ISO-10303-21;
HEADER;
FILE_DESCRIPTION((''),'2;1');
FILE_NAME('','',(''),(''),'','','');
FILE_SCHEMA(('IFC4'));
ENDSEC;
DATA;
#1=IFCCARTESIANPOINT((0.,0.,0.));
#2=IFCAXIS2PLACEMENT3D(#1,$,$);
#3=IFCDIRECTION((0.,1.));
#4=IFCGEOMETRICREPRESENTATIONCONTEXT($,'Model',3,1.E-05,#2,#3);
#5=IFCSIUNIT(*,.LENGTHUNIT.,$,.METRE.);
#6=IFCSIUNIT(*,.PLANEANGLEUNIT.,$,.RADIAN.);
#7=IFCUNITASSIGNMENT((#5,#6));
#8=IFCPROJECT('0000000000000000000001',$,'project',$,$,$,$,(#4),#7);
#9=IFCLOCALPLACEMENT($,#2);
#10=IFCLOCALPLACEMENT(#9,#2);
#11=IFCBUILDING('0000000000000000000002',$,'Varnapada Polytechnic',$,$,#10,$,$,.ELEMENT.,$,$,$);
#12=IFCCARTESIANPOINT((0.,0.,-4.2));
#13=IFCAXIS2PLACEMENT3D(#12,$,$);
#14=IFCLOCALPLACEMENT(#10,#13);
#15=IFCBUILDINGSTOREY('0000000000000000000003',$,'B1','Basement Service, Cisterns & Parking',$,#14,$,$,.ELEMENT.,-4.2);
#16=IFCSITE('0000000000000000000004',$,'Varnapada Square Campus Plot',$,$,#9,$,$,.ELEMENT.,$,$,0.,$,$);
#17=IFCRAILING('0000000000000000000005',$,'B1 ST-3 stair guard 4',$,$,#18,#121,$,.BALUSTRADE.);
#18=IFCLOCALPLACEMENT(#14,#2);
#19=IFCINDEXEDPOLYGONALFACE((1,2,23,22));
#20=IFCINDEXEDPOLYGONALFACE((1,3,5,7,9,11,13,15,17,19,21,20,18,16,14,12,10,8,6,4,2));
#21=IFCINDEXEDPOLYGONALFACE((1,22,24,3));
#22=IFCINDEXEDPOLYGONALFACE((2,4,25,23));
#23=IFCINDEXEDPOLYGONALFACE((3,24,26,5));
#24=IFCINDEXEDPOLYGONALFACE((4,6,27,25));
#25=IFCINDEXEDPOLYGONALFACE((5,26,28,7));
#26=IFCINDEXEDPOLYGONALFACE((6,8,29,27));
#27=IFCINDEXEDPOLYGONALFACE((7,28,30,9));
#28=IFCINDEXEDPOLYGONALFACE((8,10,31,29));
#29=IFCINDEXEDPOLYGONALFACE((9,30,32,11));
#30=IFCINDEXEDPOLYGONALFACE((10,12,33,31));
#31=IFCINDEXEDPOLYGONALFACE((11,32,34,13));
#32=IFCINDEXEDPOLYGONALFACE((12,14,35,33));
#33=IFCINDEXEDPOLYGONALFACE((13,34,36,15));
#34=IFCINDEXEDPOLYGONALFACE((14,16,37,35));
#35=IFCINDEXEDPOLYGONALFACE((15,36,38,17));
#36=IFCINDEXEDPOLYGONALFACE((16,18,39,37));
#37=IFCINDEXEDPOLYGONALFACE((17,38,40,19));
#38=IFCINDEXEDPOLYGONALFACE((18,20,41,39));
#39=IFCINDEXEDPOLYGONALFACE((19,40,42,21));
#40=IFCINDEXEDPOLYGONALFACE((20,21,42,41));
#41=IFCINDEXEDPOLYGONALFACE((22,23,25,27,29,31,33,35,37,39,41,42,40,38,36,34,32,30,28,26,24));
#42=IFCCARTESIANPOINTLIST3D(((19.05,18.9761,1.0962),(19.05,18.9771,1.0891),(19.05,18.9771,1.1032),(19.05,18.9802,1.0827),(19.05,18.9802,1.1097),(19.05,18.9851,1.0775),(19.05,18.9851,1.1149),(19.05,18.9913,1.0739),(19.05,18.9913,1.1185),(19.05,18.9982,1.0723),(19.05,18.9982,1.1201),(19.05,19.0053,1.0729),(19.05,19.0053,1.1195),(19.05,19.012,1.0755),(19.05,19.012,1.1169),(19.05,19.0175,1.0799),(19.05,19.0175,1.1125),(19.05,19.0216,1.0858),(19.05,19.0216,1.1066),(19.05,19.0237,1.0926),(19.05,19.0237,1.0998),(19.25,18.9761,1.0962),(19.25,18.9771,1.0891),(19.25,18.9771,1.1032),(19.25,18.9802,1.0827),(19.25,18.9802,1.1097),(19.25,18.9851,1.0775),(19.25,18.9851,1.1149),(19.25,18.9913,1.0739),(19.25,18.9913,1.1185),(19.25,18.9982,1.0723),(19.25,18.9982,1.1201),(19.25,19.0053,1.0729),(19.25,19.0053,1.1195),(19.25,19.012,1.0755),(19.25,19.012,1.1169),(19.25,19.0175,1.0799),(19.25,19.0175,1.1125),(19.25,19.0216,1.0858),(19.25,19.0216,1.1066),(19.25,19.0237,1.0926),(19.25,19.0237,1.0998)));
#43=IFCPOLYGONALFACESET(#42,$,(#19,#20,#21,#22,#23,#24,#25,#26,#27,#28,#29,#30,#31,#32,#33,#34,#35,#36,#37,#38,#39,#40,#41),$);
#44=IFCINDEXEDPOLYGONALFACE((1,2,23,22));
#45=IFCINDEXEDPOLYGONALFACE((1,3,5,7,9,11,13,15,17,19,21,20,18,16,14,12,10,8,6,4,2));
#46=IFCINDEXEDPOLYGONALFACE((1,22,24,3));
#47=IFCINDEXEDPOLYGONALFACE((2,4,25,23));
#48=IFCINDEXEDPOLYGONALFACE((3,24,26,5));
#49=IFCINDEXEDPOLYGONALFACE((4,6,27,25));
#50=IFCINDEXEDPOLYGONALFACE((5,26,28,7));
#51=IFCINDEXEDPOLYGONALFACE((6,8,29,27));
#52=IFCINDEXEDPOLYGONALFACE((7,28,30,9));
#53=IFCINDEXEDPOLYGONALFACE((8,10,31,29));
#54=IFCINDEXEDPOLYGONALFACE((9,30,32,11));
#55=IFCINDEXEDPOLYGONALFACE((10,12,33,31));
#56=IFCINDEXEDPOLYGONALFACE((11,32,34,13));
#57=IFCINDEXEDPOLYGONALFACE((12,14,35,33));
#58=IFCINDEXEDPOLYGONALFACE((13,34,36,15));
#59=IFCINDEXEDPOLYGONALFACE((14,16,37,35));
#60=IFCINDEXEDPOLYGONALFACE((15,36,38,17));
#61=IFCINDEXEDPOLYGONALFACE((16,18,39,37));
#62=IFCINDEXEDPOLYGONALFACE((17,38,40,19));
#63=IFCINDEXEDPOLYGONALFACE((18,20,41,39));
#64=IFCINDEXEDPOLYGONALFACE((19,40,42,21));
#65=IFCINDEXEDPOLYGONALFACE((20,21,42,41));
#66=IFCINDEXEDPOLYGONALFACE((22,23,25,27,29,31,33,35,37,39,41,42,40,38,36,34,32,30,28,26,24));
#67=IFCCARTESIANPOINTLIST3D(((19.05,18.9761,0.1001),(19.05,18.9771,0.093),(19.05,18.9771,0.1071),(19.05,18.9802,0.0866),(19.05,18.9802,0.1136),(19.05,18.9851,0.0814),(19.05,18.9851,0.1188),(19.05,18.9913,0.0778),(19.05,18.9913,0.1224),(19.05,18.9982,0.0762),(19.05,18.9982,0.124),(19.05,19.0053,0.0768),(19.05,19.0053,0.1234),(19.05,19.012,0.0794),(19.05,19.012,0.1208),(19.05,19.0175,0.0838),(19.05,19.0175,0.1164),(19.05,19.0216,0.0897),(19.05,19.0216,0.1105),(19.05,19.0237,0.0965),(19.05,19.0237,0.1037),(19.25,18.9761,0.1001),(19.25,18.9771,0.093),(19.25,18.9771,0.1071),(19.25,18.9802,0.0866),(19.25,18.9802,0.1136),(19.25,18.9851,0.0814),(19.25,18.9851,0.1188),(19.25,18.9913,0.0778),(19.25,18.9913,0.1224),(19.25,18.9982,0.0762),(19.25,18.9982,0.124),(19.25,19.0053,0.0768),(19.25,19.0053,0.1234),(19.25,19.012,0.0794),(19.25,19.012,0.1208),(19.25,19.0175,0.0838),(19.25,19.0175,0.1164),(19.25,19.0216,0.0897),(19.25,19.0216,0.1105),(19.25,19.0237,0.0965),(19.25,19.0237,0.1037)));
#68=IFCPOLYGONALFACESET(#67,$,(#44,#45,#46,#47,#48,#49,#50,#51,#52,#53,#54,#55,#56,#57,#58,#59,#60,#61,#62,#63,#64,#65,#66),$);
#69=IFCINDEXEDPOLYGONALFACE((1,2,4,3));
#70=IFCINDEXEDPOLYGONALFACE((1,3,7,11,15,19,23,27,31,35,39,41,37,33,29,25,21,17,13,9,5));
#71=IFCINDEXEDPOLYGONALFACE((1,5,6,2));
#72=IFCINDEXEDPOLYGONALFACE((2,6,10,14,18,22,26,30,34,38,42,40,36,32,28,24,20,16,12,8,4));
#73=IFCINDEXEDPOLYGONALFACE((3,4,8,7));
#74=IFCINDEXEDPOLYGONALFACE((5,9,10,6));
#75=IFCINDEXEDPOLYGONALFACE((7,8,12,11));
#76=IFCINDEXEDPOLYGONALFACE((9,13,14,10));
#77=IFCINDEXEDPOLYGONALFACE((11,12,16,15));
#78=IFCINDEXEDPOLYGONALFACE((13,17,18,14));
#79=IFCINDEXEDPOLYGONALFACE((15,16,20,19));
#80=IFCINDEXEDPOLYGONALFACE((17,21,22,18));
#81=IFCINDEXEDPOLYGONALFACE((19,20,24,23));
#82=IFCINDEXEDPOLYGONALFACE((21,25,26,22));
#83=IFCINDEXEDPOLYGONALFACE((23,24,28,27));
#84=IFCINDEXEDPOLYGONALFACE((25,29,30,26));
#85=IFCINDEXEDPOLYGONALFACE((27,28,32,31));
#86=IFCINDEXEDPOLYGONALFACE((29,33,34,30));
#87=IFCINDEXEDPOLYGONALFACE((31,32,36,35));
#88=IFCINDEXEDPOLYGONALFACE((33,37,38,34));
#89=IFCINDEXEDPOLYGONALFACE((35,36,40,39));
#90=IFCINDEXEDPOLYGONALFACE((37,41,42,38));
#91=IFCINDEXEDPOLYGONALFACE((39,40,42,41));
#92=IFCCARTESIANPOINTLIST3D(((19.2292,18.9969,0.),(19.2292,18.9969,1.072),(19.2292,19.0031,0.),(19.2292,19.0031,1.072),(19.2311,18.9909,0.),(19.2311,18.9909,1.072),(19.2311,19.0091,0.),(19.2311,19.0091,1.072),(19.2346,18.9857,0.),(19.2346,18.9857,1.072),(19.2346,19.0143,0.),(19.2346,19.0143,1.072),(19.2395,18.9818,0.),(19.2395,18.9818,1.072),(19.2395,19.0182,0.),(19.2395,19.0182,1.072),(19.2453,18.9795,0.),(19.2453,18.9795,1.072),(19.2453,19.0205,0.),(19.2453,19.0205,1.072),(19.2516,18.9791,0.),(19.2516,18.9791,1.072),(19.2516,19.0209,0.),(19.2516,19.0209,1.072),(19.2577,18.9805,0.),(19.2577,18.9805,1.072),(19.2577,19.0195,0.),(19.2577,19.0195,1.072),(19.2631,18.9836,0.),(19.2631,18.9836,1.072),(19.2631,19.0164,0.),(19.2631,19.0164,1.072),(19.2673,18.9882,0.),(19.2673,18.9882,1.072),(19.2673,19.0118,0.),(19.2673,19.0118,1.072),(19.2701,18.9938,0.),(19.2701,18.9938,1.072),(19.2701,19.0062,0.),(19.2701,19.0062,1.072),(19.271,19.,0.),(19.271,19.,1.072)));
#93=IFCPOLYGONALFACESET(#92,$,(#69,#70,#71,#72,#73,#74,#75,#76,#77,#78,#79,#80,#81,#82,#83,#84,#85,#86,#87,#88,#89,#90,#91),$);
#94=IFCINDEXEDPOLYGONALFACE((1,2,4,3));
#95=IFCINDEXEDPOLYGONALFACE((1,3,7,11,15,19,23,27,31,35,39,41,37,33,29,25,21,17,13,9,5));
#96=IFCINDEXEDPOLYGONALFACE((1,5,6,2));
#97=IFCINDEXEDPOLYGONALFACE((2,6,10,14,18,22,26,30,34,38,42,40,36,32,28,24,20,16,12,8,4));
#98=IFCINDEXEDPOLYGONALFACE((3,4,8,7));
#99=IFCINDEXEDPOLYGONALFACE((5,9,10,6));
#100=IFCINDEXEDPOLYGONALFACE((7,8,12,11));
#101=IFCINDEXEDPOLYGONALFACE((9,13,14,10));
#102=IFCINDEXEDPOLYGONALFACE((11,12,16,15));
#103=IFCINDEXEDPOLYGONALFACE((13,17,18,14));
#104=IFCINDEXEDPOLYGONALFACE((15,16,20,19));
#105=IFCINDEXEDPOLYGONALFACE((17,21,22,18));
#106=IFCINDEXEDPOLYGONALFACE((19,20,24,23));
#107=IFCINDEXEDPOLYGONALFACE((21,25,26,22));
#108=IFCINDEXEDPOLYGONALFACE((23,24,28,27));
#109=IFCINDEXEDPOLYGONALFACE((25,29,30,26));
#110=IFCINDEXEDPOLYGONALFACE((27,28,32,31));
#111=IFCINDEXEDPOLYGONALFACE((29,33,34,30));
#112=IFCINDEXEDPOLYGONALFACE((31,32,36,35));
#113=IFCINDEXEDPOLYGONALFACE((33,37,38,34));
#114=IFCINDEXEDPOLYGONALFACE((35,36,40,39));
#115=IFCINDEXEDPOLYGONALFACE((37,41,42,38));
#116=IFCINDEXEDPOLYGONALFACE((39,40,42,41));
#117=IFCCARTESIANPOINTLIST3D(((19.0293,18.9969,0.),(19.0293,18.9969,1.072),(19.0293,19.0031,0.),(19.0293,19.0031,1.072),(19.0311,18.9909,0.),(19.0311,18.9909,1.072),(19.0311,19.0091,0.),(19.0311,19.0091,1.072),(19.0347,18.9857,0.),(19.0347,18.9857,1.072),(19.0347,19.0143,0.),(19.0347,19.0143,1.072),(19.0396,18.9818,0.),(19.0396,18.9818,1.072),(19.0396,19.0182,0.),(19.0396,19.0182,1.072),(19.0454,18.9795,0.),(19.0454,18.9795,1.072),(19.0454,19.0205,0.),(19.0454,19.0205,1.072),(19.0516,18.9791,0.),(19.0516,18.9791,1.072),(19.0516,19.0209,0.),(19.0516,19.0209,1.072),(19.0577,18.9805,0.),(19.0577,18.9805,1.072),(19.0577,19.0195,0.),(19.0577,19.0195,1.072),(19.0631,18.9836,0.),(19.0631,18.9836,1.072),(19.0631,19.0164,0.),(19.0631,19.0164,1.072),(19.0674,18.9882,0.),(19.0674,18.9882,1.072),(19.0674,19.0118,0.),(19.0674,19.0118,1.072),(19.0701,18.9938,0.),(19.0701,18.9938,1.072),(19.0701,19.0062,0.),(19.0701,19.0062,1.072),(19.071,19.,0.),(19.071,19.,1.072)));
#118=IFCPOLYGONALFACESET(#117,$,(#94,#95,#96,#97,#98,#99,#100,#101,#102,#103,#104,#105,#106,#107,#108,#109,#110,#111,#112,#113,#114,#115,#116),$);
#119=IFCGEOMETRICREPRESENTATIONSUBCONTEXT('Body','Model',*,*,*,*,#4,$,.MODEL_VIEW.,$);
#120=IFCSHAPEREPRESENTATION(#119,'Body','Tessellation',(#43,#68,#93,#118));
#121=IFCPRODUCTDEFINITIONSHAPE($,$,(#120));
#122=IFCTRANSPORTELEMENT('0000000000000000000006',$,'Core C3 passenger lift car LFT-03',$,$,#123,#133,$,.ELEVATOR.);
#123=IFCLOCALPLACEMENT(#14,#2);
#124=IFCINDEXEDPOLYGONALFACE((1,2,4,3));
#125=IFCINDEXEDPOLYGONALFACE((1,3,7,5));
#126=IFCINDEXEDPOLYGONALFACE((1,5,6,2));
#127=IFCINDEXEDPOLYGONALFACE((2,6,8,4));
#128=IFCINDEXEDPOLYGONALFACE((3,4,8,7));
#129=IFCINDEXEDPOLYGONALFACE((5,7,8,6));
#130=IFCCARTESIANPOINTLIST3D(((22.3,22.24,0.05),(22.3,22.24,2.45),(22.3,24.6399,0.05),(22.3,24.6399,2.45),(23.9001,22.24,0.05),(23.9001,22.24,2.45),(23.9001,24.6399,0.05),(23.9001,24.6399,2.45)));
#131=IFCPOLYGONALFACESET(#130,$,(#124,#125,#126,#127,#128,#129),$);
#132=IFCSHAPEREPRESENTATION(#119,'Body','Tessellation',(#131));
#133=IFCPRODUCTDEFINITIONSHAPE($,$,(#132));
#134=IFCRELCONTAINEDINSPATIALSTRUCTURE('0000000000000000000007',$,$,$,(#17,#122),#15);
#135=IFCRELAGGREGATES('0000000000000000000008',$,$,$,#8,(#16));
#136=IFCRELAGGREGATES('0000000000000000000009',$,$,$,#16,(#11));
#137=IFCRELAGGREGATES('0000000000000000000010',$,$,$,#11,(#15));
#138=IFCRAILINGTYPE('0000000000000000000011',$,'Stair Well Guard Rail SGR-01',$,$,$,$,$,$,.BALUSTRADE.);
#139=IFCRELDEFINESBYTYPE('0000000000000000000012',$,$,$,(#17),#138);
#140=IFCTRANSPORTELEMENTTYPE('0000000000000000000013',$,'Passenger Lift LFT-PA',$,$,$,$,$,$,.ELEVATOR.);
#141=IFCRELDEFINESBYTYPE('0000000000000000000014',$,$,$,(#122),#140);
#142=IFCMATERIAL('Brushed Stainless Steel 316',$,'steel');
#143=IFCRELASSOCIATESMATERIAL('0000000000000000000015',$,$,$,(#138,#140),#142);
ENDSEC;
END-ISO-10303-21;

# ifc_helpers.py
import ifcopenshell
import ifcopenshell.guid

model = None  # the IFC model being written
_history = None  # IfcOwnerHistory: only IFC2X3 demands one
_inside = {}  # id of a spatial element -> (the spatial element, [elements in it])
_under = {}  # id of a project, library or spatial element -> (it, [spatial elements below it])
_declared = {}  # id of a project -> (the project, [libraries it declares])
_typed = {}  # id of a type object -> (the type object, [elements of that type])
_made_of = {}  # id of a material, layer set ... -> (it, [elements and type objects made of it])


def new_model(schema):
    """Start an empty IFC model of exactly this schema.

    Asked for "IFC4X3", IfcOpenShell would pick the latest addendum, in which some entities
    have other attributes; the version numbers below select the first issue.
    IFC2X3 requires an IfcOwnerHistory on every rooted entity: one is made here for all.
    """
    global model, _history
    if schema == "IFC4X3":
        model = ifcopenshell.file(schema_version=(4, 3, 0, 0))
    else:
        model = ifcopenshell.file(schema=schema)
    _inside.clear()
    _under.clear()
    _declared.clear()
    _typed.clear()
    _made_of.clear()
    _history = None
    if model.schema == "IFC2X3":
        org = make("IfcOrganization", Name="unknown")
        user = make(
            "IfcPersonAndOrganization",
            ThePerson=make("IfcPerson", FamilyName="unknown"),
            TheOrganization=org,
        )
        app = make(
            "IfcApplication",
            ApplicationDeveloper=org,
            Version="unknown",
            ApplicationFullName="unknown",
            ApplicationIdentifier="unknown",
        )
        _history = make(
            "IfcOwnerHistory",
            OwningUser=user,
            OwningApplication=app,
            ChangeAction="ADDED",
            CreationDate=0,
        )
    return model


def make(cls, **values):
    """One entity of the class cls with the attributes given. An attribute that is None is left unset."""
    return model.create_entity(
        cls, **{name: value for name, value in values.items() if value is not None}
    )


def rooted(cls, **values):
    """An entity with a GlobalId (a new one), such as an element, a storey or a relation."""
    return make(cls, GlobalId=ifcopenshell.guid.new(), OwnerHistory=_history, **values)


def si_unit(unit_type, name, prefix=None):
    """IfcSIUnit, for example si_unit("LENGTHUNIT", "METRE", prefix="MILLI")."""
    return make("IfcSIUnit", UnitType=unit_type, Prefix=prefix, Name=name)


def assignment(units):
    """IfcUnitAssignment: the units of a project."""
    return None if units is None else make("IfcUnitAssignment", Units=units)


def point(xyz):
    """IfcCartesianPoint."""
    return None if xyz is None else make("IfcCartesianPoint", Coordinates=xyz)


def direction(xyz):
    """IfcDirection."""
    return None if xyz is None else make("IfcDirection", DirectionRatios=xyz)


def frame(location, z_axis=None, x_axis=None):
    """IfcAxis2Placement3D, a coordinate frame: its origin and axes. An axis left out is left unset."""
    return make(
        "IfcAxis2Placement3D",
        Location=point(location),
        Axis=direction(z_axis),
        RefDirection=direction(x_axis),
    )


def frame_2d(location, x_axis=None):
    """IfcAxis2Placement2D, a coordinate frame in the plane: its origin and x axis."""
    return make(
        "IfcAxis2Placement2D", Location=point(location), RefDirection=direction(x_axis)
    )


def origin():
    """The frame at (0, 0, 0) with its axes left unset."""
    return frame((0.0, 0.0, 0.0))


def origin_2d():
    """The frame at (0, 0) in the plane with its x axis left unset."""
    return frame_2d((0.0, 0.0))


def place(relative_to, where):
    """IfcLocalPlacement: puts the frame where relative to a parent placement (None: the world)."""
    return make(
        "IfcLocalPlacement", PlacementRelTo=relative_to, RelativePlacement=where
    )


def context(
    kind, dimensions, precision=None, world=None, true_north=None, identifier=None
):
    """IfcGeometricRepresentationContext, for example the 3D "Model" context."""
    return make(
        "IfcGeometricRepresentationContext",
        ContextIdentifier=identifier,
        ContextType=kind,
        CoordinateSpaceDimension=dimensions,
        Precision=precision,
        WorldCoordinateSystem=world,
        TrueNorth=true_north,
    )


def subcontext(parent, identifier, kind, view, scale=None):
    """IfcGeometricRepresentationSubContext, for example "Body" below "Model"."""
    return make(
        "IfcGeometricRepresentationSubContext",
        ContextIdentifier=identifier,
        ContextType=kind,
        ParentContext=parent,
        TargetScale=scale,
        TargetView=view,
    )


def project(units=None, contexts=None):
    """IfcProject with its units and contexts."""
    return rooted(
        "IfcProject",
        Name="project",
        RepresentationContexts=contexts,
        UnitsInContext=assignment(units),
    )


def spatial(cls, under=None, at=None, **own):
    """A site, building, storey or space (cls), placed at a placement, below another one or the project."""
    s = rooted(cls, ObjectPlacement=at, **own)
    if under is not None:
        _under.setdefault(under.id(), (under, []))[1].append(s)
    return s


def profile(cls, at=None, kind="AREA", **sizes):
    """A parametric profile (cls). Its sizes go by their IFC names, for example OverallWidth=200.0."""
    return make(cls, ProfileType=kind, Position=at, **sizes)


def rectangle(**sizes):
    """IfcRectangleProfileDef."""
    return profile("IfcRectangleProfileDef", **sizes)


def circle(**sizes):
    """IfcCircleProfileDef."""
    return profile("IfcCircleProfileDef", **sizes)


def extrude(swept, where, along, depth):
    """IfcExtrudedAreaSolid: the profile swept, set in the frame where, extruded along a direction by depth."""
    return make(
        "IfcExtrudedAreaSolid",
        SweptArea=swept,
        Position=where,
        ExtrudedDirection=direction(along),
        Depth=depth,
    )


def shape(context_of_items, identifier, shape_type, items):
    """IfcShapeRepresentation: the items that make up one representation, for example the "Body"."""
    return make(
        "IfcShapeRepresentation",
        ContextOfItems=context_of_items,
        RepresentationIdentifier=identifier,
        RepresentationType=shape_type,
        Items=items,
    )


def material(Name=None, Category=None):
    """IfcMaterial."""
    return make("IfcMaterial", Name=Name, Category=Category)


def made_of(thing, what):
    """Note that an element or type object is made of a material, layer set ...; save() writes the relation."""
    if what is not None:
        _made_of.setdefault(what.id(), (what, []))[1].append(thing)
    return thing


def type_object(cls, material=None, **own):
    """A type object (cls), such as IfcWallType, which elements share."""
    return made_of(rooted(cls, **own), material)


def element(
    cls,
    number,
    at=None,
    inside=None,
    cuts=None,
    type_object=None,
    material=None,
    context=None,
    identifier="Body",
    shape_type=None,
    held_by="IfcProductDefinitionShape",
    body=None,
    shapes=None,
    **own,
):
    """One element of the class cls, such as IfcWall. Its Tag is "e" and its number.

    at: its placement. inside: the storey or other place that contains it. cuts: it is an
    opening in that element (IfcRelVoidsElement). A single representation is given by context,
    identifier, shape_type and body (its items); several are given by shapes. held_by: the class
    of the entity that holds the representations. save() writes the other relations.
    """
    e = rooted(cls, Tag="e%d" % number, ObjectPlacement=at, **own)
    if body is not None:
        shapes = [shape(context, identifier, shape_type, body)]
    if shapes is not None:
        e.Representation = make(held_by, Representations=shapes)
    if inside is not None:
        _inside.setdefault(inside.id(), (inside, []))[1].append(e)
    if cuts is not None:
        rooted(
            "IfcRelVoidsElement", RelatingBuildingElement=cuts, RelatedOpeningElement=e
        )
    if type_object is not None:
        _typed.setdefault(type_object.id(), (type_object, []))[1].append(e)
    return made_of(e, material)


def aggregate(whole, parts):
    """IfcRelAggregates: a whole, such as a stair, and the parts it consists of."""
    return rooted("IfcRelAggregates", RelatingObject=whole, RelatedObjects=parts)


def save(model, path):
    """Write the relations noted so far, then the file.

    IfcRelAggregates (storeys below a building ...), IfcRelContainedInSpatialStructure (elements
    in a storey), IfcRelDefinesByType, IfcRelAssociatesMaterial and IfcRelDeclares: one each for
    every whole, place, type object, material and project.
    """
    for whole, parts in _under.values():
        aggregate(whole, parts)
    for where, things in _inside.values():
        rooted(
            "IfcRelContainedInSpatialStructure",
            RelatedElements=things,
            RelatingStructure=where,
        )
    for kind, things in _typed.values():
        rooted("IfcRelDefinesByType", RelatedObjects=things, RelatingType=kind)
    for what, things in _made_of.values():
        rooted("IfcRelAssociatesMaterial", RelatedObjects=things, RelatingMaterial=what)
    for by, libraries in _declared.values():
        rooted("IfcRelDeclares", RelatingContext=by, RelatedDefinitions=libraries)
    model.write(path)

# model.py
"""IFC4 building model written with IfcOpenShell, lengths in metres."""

from ifc_helpers import new_model, si_unit, direction, frame, origin, origin_2d, place, context, subcontext, project, spatial, rectangle, circle, extrude, material, type_object, element, save


model = new_model("IFC4")

# Units and contexts
model_context = context("Model", 3, precision=1e-05, world=origin(), true_north=direction((0.0, 1.0)))
body_context = subcontext(model_context, "Body", "Model", "MODEL_VIEW")
ifc_project = project(units=[si_unit("LENGTHUNIT", "METRE"), si_unit("PLANEANGLEUNIT", "RADIAN")], contexts=[model_context])

# Site, building, storey
site_placement = place(None, origin())
site = spatial("IfcSite", under=ifc_project, at=site_placement, Name="Varnapada Square Campus Plot", CompositionType="ELEMENT", RefElevation=0.0)
building_placement = place(site_placement, origin())
building = spatial("IfcBuilding", under=site, at=building_placement, Name="Varnapada Polytechnic", CompositionType="ELEMENT")
storey_placement = place(building_placement, frame((0.0, 0.0, -4.2)))
storey = spatial("IfcBuildingStorey", under=building, at=storey_placement, Name="B1", Description="Basement Service, Cisterns & Parking", CompositionType="ELEMENT", Elevation=-4.2)

# Shared definitions
ifc_material_1 = material(Name="Brushed Stainless Steel 316", Category="steel")

# Railing
railing_type_1 = type_object("IfcRailingType", Name="Stair Well Guard Rail SGR-01", PredefinedType="BALUSTRADE", material=ifc_material_1)
railing_1_placement = place(storey_placement, frame((19.25, 19.0, 0.0)))
element("IfcRailing", 1, at=railing_1_placement, inside=storey, type_object=railing_type_1, Name="B1 ST-3 stair guard 4", PredefinedType="BALUSTRADE", context=body_context, shape_type="SweptSolid", body=[
    extrude(circle(Radius=0.0239, at=origin_2d()), frame((0.0, 0.0, 1.0962), z_axis=(-1.0, 0.0, 0.0), x_axis=(0.0, -1.0, 0.0)), (0.0, 0.0, 1.0), 0.2),
    extrude(circle(Radius=0.0239, at=origin_2d()), frame((0.0, 0.0, 0.1001), z_axis=(-1.0, 0.0, 0.0), x_axis=(0.0, -1.0, 0.0)), (0.0, 0.0, 1.0), 0.2),
    extrude(circle(Radius=0.021, at=origin_2d()), origin(), (0.0, 0.0, 1.0), 1.072),
    extrude(circle(Radius=0.021, at=origin_2d()), frame((-0.2, 0.0, 0.0)), (0.0, 0.0, 1.0), 1.072),
])

# Transport element
transport_element_type = type_object("IfcTransportElementType", Name="Passenger Lift LFT-PA", PredefinedType="ELEVATOR", material=ifc_material_1)
transport_element_placement = place(storey_placement, frame((23.1001, 23.4399, 0.05), z_axis=(0.0, 0.0, 1.0), x_axis=(1.0, 0.0, 0.0)))
element("IfcTransportElement", 2, at=transport_element_placement, inside=storey, type_object=transport_element_type, Name="Core C3 passenger lift car LFT-03", PredefinedType="ELEVATOR", context=body_context, shape_type="SweptSolid", body=[
    extrude(rectangle(XDim=1.6001, YDim=2.3999, at=origin_2d()), origin(), (0.0, 0.0, 1.0), 2.3999),
])

save(model, "model.ifc")
